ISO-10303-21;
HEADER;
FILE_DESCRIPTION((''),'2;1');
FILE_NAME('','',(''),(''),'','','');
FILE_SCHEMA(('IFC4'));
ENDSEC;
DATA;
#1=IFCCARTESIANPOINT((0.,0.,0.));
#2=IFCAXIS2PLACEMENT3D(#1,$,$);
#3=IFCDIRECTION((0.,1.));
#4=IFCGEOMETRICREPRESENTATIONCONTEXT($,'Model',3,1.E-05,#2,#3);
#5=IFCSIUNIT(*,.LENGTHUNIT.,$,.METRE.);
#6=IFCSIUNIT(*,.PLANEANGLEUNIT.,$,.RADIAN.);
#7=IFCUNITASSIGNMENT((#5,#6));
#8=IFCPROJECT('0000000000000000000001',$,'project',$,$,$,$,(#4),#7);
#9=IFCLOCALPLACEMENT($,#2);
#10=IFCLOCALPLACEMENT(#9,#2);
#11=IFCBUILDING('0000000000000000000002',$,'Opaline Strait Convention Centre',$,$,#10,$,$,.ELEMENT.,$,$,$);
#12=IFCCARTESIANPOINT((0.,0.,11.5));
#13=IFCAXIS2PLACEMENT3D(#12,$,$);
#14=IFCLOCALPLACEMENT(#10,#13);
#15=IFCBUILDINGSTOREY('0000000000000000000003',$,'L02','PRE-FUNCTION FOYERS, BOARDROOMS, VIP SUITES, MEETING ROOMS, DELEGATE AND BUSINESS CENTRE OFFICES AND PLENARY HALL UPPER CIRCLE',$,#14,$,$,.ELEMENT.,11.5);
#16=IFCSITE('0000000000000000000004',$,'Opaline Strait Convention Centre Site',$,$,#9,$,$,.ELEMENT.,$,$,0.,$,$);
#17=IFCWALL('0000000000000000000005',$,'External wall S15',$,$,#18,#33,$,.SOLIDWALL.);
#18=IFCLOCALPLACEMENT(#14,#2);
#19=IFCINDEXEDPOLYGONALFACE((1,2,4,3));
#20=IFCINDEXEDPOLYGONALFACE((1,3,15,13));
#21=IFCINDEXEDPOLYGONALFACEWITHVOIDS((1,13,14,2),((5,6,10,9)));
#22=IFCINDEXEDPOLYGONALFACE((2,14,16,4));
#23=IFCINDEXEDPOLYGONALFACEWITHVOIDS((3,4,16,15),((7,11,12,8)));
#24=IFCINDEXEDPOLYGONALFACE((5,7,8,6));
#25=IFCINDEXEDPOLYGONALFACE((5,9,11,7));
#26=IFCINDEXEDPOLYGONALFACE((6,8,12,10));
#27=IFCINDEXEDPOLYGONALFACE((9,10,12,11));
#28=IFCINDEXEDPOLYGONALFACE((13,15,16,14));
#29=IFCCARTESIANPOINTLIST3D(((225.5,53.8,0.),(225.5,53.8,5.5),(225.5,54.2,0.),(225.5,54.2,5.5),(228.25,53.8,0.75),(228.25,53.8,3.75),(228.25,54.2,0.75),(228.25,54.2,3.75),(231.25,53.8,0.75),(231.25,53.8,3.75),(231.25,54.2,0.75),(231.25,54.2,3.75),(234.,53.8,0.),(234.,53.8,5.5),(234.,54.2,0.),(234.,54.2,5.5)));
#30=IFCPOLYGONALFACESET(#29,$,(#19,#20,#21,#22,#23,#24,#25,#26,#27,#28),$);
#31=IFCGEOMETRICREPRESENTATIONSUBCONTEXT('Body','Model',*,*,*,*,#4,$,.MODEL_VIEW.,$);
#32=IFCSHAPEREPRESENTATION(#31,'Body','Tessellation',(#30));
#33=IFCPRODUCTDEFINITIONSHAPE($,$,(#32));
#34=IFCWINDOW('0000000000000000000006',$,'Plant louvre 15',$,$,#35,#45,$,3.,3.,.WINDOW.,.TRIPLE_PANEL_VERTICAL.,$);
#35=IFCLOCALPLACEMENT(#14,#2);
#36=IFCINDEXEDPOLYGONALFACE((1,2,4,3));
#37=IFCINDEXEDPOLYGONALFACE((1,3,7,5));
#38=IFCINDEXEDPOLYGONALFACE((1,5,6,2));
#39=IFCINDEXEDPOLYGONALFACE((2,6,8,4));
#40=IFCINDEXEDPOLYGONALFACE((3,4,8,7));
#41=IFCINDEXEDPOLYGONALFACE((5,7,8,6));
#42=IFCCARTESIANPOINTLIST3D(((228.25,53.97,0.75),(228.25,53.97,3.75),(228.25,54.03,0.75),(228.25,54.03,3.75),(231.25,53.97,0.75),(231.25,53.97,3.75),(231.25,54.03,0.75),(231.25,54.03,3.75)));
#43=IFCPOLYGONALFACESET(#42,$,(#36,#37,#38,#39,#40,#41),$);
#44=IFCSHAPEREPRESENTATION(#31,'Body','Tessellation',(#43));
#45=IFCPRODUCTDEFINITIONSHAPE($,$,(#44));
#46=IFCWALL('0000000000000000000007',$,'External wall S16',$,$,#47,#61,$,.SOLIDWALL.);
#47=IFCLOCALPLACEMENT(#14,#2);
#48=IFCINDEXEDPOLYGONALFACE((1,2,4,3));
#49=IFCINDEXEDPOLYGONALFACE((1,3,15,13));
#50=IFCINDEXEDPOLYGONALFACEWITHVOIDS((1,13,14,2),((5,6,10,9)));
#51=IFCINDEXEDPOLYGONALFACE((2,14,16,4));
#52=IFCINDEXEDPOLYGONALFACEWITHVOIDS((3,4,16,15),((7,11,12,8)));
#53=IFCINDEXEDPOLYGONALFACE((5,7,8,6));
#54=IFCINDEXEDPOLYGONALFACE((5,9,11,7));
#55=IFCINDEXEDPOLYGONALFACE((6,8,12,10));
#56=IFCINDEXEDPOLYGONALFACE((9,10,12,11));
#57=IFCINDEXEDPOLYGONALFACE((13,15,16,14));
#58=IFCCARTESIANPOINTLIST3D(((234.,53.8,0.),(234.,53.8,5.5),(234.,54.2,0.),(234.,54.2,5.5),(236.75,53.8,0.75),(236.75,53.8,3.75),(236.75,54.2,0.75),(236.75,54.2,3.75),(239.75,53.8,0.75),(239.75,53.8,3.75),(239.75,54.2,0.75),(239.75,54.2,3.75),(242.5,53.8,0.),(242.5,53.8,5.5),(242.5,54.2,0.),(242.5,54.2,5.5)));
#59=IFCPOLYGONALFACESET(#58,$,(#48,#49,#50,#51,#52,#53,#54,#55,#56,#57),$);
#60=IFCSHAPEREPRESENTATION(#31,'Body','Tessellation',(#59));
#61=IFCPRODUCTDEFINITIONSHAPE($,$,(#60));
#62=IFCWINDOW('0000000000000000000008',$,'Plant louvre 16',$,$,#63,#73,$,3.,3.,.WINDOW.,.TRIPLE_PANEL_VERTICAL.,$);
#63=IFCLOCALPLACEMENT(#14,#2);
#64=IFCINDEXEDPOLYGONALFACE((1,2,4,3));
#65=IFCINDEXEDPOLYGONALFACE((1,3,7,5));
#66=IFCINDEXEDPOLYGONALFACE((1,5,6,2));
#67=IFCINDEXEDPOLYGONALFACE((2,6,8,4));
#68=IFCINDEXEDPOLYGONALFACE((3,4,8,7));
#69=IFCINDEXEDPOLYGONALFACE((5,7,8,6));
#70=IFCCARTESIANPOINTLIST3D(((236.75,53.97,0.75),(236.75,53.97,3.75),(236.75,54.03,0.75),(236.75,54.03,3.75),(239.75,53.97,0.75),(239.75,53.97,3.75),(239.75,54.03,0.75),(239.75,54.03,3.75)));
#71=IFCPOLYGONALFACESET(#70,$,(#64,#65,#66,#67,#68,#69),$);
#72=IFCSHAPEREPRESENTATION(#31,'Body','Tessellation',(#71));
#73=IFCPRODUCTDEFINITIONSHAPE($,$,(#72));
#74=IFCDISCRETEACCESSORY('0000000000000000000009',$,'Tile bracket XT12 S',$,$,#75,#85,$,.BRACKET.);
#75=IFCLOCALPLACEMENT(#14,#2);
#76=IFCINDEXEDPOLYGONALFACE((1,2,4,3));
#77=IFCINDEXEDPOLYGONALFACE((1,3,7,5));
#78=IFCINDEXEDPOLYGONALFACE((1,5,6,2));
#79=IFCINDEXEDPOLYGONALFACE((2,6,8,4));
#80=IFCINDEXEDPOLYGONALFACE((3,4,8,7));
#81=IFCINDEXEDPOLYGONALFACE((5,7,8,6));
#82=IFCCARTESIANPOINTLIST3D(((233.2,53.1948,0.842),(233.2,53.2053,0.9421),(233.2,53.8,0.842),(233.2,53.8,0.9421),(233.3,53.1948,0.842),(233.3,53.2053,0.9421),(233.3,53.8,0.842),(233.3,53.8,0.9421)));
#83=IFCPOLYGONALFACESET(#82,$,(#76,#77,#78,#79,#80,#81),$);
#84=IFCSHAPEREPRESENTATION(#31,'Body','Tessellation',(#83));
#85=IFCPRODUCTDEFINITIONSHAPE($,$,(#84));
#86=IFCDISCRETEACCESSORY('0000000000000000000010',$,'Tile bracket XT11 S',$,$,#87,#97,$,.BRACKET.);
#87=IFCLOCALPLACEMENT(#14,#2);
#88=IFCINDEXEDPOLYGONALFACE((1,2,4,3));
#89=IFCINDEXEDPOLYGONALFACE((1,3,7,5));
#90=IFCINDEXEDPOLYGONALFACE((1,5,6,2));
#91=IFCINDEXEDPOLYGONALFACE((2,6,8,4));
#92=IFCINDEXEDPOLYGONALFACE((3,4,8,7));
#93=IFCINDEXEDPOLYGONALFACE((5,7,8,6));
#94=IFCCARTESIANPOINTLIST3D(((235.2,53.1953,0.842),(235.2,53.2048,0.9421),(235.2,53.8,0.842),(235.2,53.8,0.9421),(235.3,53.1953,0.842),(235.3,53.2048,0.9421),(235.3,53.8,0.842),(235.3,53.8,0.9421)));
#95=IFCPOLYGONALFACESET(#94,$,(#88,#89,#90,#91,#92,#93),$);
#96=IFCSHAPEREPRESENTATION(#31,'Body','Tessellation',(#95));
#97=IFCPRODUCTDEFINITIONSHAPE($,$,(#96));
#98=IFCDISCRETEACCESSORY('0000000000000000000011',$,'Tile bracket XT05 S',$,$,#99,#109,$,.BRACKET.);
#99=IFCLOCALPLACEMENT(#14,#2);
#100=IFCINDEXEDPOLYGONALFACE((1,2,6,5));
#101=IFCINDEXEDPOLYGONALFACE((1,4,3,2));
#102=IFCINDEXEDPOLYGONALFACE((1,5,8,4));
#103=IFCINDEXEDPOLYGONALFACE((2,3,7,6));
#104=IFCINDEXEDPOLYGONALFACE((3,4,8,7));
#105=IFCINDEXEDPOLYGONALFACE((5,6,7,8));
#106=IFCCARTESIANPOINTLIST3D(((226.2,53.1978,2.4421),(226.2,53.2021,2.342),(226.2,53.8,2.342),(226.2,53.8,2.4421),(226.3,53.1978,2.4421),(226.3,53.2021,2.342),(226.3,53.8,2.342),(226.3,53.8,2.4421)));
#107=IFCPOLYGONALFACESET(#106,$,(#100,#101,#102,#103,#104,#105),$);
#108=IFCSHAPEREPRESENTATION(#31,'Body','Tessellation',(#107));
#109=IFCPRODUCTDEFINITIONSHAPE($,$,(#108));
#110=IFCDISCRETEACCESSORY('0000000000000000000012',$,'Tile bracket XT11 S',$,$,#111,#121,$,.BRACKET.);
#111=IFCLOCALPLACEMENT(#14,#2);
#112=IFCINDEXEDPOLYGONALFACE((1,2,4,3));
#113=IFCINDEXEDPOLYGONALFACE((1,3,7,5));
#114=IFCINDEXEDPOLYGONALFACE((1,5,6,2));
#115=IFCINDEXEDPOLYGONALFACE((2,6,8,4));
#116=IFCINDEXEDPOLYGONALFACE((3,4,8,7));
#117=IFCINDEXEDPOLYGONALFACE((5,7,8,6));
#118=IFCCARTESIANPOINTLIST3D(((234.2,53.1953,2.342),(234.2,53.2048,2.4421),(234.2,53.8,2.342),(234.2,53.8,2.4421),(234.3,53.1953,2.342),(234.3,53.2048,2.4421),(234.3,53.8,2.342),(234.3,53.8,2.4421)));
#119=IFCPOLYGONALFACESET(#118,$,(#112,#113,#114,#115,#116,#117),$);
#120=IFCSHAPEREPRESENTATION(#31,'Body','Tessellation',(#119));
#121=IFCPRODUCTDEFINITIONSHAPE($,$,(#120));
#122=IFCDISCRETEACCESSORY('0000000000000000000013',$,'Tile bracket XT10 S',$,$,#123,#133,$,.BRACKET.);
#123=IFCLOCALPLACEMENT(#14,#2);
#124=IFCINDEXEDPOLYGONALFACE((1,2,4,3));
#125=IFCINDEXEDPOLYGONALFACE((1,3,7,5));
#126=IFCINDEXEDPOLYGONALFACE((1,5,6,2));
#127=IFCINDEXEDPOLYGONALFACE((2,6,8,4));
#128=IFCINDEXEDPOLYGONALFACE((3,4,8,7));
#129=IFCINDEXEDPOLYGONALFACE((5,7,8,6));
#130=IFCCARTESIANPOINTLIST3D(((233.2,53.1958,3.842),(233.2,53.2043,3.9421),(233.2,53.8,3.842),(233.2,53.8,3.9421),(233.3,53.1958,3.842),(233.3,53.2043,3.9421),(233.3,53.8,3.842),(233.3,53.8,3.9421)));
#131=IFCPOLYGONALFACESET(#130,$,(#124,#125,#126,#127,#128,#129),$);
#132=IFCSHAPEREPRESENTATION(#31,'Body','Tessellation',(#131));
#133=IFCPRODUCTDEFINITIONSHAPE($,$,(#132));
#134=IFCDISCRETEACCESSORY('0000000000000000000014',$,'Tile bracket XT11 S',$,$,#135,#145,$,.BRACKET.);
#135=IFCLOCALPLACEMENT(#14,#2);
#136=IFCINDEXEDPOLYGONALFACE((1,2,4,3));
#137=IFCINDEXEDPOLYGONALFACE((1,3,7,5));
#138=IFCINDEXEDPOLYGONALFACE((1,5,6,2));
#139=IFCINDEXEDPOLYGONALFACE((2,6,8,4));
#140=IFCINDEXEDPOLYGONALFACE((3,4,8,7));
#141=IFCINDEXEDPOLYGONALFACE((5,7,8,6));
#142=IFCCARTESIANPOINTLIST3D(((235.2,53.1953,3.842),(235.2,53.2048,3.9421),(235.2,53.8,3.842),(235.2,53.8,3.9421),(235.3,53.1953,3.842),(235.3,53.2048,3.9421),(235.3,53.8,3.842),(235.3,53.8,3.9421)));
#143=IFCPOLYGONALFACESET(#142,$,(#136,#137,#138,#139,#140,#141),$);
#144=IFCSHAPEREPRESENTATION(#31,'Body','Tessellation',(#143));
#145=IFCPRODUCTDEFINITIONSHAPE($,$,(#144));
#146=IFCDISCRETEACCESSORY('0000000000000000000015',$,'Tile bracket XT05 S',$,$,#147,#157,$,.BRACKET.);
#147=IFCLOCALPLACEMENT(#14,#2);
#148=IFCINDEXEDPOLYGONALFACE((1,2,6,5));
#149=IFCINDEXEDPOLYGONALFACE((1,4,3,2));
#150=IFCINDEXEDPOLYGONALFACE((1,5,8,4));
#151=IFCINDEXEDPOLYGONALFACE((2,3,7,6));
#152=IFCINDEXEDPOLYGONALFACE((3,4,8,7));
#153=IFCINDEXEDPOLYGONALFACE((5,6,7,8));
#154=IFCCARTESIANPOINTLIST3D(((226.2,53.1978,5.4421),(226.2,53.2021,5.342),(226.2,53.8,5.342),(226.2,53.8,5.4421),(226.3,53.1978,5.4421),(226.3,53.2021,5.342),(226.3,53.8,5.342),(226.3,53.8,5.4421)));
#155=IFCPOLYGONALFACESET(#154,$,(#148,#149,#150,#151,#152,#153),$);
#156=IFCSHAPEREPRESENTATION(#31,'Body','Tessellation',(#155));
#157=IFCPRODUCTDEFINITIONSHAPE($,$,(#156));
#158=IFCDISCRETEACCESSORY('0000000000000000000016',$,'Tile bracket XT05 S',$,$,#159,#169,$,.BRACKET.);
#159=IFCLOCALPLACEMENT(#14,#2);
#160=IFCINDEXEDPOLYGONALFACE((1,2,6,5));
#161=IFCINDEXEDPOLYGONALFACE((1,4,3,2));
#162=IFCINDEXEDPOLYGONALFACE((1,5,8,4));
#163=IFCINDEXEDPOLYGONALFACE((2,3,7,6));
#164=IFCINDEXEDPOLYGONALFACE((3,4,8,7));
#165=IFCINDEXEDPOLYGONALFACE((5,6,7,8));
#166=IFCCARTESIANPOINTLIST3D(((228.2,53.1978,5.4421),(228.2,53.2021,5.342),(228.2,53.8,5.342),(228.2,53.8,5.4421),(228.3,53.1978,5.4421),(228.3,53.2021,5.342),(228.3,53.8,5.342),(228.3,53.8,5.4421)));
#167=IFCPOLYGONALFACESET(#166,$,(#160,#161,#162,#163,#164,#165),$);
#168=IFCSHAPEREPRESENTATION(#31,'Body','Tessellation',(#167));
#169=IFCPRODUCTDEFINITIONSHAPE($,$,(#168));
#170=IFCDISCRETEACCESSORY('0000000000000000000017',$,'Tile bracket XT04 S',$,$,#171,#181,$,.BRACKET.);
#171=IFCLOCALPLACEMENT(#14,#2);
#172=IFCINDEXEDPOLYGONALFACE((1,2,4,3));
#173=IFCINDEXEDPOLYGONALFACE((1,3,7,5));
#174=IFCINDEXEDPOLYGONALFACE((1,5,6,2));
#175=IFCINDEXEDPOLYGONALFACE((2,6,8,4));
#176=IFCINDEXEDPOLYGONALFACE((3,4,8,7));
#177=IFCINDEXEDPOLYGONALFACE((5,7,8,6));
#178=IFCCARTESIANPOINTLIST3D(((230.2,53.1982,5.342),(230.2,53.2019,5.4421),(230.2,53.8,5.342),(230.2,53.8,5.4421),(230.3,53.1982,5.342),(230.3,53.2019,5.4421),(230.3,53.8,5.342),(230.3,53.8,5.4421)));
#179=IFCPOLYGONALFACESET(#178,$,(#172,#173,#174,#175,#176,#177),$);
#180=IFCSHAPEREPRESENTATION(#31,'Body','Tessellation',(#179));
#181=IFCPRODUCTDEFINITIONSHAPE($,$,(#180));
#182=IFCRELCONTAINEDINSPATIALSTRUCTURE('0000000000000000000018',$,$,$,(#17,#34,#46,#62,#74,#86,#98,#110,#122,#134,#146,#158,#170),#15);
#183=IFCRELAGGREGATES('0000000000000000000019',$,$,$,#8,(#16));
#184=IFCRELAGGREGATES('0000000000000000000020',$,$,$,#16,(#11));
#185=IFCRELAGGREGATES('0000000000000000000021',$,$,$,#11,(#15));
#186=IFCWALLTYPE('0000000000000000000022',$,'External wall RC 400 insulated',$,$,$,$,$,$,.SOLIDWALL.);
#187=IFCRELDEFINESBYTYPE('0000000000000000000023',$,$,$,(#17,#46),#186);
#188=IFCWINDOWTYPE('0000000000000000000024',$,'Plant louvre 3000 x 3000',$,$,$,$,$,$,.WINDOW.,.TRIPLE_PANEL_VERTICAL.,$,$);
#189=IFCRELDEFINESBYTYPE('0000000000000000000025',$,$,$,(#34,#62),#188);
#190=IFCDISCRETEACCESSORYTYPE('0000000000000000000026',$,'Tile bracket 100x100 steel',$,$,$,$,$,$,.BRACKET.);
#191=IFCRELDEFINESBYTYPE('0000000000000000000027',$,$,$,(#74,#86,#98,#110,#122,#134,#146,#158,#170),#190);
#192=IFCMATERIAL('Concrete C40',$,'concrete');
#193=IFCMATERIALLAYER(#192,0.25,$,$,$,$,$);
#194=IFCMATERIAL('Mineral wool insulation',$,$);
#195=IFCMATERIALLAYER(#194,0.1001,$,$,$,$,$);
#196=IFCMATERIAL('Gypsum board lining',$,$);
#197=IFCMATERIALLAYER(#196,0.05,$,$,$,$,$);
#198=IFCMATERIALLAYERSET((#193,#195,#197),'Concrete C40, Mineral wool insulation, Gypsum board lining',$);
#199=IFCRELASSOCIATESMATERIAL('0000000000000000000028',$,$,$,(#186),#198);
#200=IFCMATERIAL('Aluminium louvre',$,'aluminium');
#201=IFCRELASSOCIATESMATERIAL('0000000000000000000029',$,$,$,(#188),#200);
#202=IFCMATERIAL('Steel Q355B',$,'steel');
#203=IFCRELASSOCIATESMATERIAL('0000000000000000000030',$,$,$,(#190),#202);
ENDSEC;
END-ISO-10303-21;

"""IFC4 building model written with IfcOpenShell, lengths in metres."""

from ifc_helpers import new_model, si_unit, direction, frame, frame_2d, origin, place, context, subcontext, project, spatial, polyline, rectangle, outline, extrude, material, layer, layer_set, type_object, element, fill, save


model = new_model("IFC4")

# Units and contexts
model_context = context("Model", 3, precision=1e-05, world=origin(), true_north=direction((0.0, 1.0)))
body_context = subcontext(model_context, "Body", "Model", "MODEL_VIEW")
ifc_project = project(units=[si_unit("LENGTHUNIT", "METRE"), si_unit("PLANEANGLEUNIT", "RADIAN")], contexts=[model_context])

# Site, building, storey
site_placement = place(None, origin())
site = spatial("IfcSite", under=ifc_project, at=site_placement, Name="Opaline Strait Convention Centre Site", CompositionType="ELEMENT", RefElevation=0.0)
building_placement = place(site_placement, origin())
building = spatial("IfcBuilding", under=site, at=building_placement, Name="Opaline Strait Convention Centre", CompositionType="ELEMENT")
storey_placement = place(building_placement, frame((0.0, 0.0, 11.5)))
storey = spatial("IfcBuildingStorey", under=building, at=storey_placement, Name="L02", Description="PRE-FUNCTION FOYERS, BOARDROOMS, VIP SUITES, MEETING ROOMS, DELEGATE AND BUSINESS CENTRE OFFICES AND PLENARY HALL UPPER CIRCLE", CompositionType="ELEMENT", Elevation=11.5)

# Walls, openings, windows
ifc_material_1 = material(Name="Concrete C40", Category="concrete")
ifc_layer_1 = layer(ifc_material_1, 0.25)
ifc_material_2 = material(Name="Mineral wool insulation")
ifc_layer_2 = layer(ifc_material_2, 0.1001)
ifc_material_3 = material(Name="Gypsum board lining")
ifc_layer_3 = layer(ifc_material_3, 0.05)
ifc_layer_set = layer_set([ifc_layer_1, ifc_layer_2, ifc_layer_3], Name="Concrete C40, Mineral wool insulation, Gypsum board lining")
wall_type = type_object("IfcWallType", Name="External wall RC 400 insulated", PredefinedType="SOLIDWALL", material=ifc_layer_set)
wall_1_placement = place(storey_placement, frame((225.5, 54.0, 0.0), z_axis=(0.0, 0.0, 1.0), x_axis=(1.0, 0.0, 0.0)))
wall_1 = element("IfcWall", 1, at=wall_1_placement, inside=storey, type_object=wall_type, Name="External wall S15", PredefinedType="SOLIDWALL", context=body_context, shape_type="SweptSolid", body=[
    extrude(rectangle(XDim=8.5, YDim=0.3999, at=frame_2d((4.25, 0.0))), origin(), (0.0, 0.0, 1.0), 5.5),
])
opening_1_placement = place(wall_1_placement, frame((2.75, 0.0, 0.75)))
opening_1 = element("IfcOpeningElement", 2, at=opening_1_placement, cuts=wall_1, PredefinedType="OPENING", context=body_context, shape_type="SweptSolid", body=[
    extrude(rectangle(XDim=3.0, YDim=3.0, at=frame_2d((1.5, 1.5))), frame((0.0, 0.21, 0.0), z_axis=(0.0, -1.0, 0.0), x_axis=(1.0, 0.0, 0.0)), (0.0, 0.0, 1.0), 0.4199),
])
ifc_material_4 = material(Name="Aluminium louvre", Category="aluminium")
window_type = type_object("IfcWindowType", Name="Plant louvre 3000 x 3000", PartitioningType="TRIPLE_PANEL_VERTICAL", PredefinedType="WINDOW", material=ifc_material_4)
window_1_placement = place(opening_1_placement, origin())
window_1 = element("IfcWindow", 3, at=window_1_placement, inside=storey, type_object=window_type, Name="Plant louvre 15", OverallHeight=3.0, OverallWidth=3.0, PartitioningType="TRIPLE_PANEL_VERTICAL", PredefinedType="WINDOW", context=body_context, shape_type="SweptSolid", body=[
    extrude(rectangle(XDim=3.0, YDim=3.0, at=frame_2d((1.5, 1.5))), frame((0.0, 0.03, 0.0), z_axis=(0.0, -1.0, 0.0), x_axis=(1.0, 0.0, 0.0)), (0.0, 0.0, 1.0), 0.0601),
])
fill(opening_1, window_1)
wall_2_placement = place(storey_placement, frame((234.0, 54.0, 0.0), z_axis=(0.0, 0.0, 1.0), x_axis=(1.0, 0.0, 0.0)))
wall_2 = element("IfcWall", 4, at=wall_2_placement, inside=storey, type_object=wall_type, Name="External wall S16", PredefinedType="SOLIDWALL", context=body_context, shape_type="SweptSolid", body=[
    extrude(rectangle(XDim=8.5, YDim=0.3999, at=frame_2d((4.25, 0.0))), origin(), (0.0, 0.0, 1.0), 5.5),
])
opening_2_placement = place(wall_2_placement, frame((2.75, 0.0, 0.75)))
opening_2 = element("IfcOpeningElement", 5, at=opening_2_placement, cuts=wall_2, PredefinedType="OPENING", context=body_context, shape_type="SweptSolid", body=[
    extrude(rectangle(XDim=3.0, YDim=3.0, at=frame_2d((1.5, 1.5))), frame((0.0, 0.21, 0.0), z_axis=(0.0, -1.0, 0.0), x_axis=(1.0, 0.0, 0.0)), (0.0, 0.0, 1.0), 0.4199),
])
window_2_placement = place(opening_2_placement, origin())
window_2 = element("IfcWindow", 6, at=window_2_placement, inside=storey, type_object=window_type, Name="Plant louvre 16", OverallHeight=3.0, OverallWidth=3.0, PartitioningType="TRIPLE_PANEL_VERTICAL", PredefinedType="WINDOW", context=body_context, shape_type="SweptSolid", body=[
    extrude(rectangle(XDim=3.0, YDim=3.0, at=frame_2d((1.5, 1.5))), frame((0.0, 0.03, 0.0), z_axis=(0.0, -1.0, 0.0), x_axis=(1.0, 0.0, 0.0)), (0.0, 0.0, 1.0), 0.0601),
])
fill(opening_2, window_2)

# Discrete accessories
ifc_material_5 = material(Name="Steel Q355B", Category="steel")
discrete_accessory_type = type_object("IfcDiscreteAccessoryType", Name="Tile bracket 100x100 steel", PredefinedType="BRACKET", material=ifc_material_5)
discrete_accessory_1_placement = place(storey_placement, frame((233.2, 53.8, 0.8921), z_axis=(1.0, 0.0, 0.0), x_axis=(0.0, 1.0, 0.0)))
element("IfcDiscreteAccessory", 7, at=discrete_accessory_1_placement, inside=storey, type_object=discrete_accessory_type, Name="Tile bracket XT12 S", PredefinedType="BRACKET", context=body_context, shape_type="SweptSolid", body=[
    extrude(outline(polyline([(0.0, -0.05), (0.0, 0.05), (-0.5947, 0.05), (-0.6052, -0.05), (0.0, -0.05)])), origin(), (0.0, 0.0, 1.0), 0.1001),
])
discrete_accessory_2_placement = place(storey_placement, frame((235.2, 53.8, 0.8921), z_axis=(1.0, 0.0, 0.0), x_axis=(0.0, 1.0, 0.0)))
element("IfcDiscreteAccessory", 8, at=discrete_accessory_2_placement, inside=storey, type_object=discrete_accessory_type, Name="Tile bracket XT11 S", PredefinedType="BRACKET", context=body_context, shape_type="SweptSolid", body=[
    extrude(outline(polyline([(0.0, -0.05), (0.0, 0.05), (-0.5952, 0.05), (-0.6047, -0.05), (0.0, -0.05)])), origin(), (0.0, 0.0, 1.0), 0.1001),
])
discrete_accessory_3_placement = place(storey_placement, frame((226.2, 53.8, 2.3921), z_axis=(1.0, 0.0, 0.0), x_axis=(0.0, 1.0, 0.0)))
element("IfcDiscreteAccessory", 9, at=discrete_accessory_3_placement, inside=storey, type_object=discrete_accessory_type, Name="Tile bracket XT05 S", PredefinedType="BRACKET", context=body_context, shape_type="SweptSolid", body=[
    extrude(outline(polyline([(0.0, -0.05), (0.0, 0.05), (-0.6023, 0.05), (-0.5979, -0.05), (0.0, -0.05)])), origin(), (0.0, 0.0, 1.0), 0.1001),
])
discrete_accessory_4_placement = place(storey_placement, frame((234.2, 53.8, 2.3921), z_axis=(1.0, 0.0, 0.0), x_axis=(0.0, 1.0, 0.0)))
element("IfcDiscreteAccessory", 10, at=discrete_accessory_4_placement, inside=storey, type_object=discrete_accessory_type, Name="Tile bracket XT11 S", PredefinedType="BRACKET", context=body_context, shape_type="SweptSolid", body=[
    extrude(outline(polyline([(0.0, -0.05), (0.0, 0.05), (-0.5952, 0.05), (-0.6047, -0.05), (0.0, -0.05)])), origin(), (0.0, 0.0, 1.0), 0.1001),
])
discrete_accessory_5_placement = place(storey_placement, frame((233.2, 53.8, 3.8921), z_axis=(1.0, 0.0, 0.0), x_axis=(0.0, 1.0, 0.0)))
element("IfcDiscreteAccessory", 11, at=discrete_accessory_5_placement, inside=storey, type_object=discrete_accessory_type, Name="Tile bracket XT10 S", PredefinedType="BRACKET", context=body_context, shape_type="SweptSolid", body=[
    extrude(outline(polyline([(0.0, -0.05), (0.0, 0.05), (-0.5957, 0.05), (-0.6042, -0.05), (0.0, -0.05)])), origin(), (0.0, 0.0, 1.0), 0.1001),
])
discrete_accessory_6_placement = place(storey_placement, frame((235.2, 53.8, 3.8921), z_axis=(1.0, 0.0, 0.0), x_axis=(0.0, 1.0, 0.0)))
element("IfcDiscreteAccessory", 12, at=discrete_accessory_6_placement, inside=storey, type_object=discrete_accessory_type, Name="Tile bracket XT11 S", PredefinedType="BRACKET", context=body_context, shape_type="SweptSolid", body=[
    extrude(outline(polyline([(0.0, -0.05), (0.0, 0.05), (-0.5952, 0.05), (-0.6047, -0.05), (0.0, -0.05)])), origin(), (0.0, 0.0, 1.0), 0.1001),
])
for number, where, z_axis, x_axis, name in (
    (13, (226.2, 53.8, 5.3921), (1.0, 0.0, 0.0), (0.0, 1.0, 0.0), "Tile bracket XT05 S"),
    (14, (228.2, 53.8, 5.3921), (1.0, 0.0, 0.0), (0.0, 1.0, 0.0), "Tile bracket XT05 S"),
):
    element("IfcDiscreteAccessory", number, at=place(storey_placement, frame(where, z_axis=z_axis, x_axis=x_axis)), inside=storey, type_object=discrete_accessory_type, Name=name, PredefinedType="BRACKET", context=body_context, shape_type="SweptSolid", body=[
        extrude(outline(polyline([(0.0, -0.05), (0.0, 0.05), (-0.6023, 0.05), (-0.5979, -0.05), (0.0, -0.05)])), origin(), (0.0, 0.0, 1.0), 0.1001),
    ])
discrete_accessory_7_placement = place(storey_placement, frame((230.2, 53.8, 5.3921), z_axis=(1.0, 0.0, 0.0), x_axis=(0.0, 1.0, 0.0)))
element("IfcDiscreteAccessory", 15, at=discrete_accessory_7_placement, inside=storey, type_object=discrete_accessory_type, Name="Tile bracket XT04 S", PredefinedType="BRACKET", context=body_context, shape_type="SweptSolid", body=[
    extrude(outline(polyline([(0.0, -0.05), (0.0, 0.05), (-0.5981, 0.05), (-0.6018, -0.05), (0.0, -0.05)])), origin(), (0.0, 0.0, 1.0), 0.1001),
])

save(model, "model.ifc")
